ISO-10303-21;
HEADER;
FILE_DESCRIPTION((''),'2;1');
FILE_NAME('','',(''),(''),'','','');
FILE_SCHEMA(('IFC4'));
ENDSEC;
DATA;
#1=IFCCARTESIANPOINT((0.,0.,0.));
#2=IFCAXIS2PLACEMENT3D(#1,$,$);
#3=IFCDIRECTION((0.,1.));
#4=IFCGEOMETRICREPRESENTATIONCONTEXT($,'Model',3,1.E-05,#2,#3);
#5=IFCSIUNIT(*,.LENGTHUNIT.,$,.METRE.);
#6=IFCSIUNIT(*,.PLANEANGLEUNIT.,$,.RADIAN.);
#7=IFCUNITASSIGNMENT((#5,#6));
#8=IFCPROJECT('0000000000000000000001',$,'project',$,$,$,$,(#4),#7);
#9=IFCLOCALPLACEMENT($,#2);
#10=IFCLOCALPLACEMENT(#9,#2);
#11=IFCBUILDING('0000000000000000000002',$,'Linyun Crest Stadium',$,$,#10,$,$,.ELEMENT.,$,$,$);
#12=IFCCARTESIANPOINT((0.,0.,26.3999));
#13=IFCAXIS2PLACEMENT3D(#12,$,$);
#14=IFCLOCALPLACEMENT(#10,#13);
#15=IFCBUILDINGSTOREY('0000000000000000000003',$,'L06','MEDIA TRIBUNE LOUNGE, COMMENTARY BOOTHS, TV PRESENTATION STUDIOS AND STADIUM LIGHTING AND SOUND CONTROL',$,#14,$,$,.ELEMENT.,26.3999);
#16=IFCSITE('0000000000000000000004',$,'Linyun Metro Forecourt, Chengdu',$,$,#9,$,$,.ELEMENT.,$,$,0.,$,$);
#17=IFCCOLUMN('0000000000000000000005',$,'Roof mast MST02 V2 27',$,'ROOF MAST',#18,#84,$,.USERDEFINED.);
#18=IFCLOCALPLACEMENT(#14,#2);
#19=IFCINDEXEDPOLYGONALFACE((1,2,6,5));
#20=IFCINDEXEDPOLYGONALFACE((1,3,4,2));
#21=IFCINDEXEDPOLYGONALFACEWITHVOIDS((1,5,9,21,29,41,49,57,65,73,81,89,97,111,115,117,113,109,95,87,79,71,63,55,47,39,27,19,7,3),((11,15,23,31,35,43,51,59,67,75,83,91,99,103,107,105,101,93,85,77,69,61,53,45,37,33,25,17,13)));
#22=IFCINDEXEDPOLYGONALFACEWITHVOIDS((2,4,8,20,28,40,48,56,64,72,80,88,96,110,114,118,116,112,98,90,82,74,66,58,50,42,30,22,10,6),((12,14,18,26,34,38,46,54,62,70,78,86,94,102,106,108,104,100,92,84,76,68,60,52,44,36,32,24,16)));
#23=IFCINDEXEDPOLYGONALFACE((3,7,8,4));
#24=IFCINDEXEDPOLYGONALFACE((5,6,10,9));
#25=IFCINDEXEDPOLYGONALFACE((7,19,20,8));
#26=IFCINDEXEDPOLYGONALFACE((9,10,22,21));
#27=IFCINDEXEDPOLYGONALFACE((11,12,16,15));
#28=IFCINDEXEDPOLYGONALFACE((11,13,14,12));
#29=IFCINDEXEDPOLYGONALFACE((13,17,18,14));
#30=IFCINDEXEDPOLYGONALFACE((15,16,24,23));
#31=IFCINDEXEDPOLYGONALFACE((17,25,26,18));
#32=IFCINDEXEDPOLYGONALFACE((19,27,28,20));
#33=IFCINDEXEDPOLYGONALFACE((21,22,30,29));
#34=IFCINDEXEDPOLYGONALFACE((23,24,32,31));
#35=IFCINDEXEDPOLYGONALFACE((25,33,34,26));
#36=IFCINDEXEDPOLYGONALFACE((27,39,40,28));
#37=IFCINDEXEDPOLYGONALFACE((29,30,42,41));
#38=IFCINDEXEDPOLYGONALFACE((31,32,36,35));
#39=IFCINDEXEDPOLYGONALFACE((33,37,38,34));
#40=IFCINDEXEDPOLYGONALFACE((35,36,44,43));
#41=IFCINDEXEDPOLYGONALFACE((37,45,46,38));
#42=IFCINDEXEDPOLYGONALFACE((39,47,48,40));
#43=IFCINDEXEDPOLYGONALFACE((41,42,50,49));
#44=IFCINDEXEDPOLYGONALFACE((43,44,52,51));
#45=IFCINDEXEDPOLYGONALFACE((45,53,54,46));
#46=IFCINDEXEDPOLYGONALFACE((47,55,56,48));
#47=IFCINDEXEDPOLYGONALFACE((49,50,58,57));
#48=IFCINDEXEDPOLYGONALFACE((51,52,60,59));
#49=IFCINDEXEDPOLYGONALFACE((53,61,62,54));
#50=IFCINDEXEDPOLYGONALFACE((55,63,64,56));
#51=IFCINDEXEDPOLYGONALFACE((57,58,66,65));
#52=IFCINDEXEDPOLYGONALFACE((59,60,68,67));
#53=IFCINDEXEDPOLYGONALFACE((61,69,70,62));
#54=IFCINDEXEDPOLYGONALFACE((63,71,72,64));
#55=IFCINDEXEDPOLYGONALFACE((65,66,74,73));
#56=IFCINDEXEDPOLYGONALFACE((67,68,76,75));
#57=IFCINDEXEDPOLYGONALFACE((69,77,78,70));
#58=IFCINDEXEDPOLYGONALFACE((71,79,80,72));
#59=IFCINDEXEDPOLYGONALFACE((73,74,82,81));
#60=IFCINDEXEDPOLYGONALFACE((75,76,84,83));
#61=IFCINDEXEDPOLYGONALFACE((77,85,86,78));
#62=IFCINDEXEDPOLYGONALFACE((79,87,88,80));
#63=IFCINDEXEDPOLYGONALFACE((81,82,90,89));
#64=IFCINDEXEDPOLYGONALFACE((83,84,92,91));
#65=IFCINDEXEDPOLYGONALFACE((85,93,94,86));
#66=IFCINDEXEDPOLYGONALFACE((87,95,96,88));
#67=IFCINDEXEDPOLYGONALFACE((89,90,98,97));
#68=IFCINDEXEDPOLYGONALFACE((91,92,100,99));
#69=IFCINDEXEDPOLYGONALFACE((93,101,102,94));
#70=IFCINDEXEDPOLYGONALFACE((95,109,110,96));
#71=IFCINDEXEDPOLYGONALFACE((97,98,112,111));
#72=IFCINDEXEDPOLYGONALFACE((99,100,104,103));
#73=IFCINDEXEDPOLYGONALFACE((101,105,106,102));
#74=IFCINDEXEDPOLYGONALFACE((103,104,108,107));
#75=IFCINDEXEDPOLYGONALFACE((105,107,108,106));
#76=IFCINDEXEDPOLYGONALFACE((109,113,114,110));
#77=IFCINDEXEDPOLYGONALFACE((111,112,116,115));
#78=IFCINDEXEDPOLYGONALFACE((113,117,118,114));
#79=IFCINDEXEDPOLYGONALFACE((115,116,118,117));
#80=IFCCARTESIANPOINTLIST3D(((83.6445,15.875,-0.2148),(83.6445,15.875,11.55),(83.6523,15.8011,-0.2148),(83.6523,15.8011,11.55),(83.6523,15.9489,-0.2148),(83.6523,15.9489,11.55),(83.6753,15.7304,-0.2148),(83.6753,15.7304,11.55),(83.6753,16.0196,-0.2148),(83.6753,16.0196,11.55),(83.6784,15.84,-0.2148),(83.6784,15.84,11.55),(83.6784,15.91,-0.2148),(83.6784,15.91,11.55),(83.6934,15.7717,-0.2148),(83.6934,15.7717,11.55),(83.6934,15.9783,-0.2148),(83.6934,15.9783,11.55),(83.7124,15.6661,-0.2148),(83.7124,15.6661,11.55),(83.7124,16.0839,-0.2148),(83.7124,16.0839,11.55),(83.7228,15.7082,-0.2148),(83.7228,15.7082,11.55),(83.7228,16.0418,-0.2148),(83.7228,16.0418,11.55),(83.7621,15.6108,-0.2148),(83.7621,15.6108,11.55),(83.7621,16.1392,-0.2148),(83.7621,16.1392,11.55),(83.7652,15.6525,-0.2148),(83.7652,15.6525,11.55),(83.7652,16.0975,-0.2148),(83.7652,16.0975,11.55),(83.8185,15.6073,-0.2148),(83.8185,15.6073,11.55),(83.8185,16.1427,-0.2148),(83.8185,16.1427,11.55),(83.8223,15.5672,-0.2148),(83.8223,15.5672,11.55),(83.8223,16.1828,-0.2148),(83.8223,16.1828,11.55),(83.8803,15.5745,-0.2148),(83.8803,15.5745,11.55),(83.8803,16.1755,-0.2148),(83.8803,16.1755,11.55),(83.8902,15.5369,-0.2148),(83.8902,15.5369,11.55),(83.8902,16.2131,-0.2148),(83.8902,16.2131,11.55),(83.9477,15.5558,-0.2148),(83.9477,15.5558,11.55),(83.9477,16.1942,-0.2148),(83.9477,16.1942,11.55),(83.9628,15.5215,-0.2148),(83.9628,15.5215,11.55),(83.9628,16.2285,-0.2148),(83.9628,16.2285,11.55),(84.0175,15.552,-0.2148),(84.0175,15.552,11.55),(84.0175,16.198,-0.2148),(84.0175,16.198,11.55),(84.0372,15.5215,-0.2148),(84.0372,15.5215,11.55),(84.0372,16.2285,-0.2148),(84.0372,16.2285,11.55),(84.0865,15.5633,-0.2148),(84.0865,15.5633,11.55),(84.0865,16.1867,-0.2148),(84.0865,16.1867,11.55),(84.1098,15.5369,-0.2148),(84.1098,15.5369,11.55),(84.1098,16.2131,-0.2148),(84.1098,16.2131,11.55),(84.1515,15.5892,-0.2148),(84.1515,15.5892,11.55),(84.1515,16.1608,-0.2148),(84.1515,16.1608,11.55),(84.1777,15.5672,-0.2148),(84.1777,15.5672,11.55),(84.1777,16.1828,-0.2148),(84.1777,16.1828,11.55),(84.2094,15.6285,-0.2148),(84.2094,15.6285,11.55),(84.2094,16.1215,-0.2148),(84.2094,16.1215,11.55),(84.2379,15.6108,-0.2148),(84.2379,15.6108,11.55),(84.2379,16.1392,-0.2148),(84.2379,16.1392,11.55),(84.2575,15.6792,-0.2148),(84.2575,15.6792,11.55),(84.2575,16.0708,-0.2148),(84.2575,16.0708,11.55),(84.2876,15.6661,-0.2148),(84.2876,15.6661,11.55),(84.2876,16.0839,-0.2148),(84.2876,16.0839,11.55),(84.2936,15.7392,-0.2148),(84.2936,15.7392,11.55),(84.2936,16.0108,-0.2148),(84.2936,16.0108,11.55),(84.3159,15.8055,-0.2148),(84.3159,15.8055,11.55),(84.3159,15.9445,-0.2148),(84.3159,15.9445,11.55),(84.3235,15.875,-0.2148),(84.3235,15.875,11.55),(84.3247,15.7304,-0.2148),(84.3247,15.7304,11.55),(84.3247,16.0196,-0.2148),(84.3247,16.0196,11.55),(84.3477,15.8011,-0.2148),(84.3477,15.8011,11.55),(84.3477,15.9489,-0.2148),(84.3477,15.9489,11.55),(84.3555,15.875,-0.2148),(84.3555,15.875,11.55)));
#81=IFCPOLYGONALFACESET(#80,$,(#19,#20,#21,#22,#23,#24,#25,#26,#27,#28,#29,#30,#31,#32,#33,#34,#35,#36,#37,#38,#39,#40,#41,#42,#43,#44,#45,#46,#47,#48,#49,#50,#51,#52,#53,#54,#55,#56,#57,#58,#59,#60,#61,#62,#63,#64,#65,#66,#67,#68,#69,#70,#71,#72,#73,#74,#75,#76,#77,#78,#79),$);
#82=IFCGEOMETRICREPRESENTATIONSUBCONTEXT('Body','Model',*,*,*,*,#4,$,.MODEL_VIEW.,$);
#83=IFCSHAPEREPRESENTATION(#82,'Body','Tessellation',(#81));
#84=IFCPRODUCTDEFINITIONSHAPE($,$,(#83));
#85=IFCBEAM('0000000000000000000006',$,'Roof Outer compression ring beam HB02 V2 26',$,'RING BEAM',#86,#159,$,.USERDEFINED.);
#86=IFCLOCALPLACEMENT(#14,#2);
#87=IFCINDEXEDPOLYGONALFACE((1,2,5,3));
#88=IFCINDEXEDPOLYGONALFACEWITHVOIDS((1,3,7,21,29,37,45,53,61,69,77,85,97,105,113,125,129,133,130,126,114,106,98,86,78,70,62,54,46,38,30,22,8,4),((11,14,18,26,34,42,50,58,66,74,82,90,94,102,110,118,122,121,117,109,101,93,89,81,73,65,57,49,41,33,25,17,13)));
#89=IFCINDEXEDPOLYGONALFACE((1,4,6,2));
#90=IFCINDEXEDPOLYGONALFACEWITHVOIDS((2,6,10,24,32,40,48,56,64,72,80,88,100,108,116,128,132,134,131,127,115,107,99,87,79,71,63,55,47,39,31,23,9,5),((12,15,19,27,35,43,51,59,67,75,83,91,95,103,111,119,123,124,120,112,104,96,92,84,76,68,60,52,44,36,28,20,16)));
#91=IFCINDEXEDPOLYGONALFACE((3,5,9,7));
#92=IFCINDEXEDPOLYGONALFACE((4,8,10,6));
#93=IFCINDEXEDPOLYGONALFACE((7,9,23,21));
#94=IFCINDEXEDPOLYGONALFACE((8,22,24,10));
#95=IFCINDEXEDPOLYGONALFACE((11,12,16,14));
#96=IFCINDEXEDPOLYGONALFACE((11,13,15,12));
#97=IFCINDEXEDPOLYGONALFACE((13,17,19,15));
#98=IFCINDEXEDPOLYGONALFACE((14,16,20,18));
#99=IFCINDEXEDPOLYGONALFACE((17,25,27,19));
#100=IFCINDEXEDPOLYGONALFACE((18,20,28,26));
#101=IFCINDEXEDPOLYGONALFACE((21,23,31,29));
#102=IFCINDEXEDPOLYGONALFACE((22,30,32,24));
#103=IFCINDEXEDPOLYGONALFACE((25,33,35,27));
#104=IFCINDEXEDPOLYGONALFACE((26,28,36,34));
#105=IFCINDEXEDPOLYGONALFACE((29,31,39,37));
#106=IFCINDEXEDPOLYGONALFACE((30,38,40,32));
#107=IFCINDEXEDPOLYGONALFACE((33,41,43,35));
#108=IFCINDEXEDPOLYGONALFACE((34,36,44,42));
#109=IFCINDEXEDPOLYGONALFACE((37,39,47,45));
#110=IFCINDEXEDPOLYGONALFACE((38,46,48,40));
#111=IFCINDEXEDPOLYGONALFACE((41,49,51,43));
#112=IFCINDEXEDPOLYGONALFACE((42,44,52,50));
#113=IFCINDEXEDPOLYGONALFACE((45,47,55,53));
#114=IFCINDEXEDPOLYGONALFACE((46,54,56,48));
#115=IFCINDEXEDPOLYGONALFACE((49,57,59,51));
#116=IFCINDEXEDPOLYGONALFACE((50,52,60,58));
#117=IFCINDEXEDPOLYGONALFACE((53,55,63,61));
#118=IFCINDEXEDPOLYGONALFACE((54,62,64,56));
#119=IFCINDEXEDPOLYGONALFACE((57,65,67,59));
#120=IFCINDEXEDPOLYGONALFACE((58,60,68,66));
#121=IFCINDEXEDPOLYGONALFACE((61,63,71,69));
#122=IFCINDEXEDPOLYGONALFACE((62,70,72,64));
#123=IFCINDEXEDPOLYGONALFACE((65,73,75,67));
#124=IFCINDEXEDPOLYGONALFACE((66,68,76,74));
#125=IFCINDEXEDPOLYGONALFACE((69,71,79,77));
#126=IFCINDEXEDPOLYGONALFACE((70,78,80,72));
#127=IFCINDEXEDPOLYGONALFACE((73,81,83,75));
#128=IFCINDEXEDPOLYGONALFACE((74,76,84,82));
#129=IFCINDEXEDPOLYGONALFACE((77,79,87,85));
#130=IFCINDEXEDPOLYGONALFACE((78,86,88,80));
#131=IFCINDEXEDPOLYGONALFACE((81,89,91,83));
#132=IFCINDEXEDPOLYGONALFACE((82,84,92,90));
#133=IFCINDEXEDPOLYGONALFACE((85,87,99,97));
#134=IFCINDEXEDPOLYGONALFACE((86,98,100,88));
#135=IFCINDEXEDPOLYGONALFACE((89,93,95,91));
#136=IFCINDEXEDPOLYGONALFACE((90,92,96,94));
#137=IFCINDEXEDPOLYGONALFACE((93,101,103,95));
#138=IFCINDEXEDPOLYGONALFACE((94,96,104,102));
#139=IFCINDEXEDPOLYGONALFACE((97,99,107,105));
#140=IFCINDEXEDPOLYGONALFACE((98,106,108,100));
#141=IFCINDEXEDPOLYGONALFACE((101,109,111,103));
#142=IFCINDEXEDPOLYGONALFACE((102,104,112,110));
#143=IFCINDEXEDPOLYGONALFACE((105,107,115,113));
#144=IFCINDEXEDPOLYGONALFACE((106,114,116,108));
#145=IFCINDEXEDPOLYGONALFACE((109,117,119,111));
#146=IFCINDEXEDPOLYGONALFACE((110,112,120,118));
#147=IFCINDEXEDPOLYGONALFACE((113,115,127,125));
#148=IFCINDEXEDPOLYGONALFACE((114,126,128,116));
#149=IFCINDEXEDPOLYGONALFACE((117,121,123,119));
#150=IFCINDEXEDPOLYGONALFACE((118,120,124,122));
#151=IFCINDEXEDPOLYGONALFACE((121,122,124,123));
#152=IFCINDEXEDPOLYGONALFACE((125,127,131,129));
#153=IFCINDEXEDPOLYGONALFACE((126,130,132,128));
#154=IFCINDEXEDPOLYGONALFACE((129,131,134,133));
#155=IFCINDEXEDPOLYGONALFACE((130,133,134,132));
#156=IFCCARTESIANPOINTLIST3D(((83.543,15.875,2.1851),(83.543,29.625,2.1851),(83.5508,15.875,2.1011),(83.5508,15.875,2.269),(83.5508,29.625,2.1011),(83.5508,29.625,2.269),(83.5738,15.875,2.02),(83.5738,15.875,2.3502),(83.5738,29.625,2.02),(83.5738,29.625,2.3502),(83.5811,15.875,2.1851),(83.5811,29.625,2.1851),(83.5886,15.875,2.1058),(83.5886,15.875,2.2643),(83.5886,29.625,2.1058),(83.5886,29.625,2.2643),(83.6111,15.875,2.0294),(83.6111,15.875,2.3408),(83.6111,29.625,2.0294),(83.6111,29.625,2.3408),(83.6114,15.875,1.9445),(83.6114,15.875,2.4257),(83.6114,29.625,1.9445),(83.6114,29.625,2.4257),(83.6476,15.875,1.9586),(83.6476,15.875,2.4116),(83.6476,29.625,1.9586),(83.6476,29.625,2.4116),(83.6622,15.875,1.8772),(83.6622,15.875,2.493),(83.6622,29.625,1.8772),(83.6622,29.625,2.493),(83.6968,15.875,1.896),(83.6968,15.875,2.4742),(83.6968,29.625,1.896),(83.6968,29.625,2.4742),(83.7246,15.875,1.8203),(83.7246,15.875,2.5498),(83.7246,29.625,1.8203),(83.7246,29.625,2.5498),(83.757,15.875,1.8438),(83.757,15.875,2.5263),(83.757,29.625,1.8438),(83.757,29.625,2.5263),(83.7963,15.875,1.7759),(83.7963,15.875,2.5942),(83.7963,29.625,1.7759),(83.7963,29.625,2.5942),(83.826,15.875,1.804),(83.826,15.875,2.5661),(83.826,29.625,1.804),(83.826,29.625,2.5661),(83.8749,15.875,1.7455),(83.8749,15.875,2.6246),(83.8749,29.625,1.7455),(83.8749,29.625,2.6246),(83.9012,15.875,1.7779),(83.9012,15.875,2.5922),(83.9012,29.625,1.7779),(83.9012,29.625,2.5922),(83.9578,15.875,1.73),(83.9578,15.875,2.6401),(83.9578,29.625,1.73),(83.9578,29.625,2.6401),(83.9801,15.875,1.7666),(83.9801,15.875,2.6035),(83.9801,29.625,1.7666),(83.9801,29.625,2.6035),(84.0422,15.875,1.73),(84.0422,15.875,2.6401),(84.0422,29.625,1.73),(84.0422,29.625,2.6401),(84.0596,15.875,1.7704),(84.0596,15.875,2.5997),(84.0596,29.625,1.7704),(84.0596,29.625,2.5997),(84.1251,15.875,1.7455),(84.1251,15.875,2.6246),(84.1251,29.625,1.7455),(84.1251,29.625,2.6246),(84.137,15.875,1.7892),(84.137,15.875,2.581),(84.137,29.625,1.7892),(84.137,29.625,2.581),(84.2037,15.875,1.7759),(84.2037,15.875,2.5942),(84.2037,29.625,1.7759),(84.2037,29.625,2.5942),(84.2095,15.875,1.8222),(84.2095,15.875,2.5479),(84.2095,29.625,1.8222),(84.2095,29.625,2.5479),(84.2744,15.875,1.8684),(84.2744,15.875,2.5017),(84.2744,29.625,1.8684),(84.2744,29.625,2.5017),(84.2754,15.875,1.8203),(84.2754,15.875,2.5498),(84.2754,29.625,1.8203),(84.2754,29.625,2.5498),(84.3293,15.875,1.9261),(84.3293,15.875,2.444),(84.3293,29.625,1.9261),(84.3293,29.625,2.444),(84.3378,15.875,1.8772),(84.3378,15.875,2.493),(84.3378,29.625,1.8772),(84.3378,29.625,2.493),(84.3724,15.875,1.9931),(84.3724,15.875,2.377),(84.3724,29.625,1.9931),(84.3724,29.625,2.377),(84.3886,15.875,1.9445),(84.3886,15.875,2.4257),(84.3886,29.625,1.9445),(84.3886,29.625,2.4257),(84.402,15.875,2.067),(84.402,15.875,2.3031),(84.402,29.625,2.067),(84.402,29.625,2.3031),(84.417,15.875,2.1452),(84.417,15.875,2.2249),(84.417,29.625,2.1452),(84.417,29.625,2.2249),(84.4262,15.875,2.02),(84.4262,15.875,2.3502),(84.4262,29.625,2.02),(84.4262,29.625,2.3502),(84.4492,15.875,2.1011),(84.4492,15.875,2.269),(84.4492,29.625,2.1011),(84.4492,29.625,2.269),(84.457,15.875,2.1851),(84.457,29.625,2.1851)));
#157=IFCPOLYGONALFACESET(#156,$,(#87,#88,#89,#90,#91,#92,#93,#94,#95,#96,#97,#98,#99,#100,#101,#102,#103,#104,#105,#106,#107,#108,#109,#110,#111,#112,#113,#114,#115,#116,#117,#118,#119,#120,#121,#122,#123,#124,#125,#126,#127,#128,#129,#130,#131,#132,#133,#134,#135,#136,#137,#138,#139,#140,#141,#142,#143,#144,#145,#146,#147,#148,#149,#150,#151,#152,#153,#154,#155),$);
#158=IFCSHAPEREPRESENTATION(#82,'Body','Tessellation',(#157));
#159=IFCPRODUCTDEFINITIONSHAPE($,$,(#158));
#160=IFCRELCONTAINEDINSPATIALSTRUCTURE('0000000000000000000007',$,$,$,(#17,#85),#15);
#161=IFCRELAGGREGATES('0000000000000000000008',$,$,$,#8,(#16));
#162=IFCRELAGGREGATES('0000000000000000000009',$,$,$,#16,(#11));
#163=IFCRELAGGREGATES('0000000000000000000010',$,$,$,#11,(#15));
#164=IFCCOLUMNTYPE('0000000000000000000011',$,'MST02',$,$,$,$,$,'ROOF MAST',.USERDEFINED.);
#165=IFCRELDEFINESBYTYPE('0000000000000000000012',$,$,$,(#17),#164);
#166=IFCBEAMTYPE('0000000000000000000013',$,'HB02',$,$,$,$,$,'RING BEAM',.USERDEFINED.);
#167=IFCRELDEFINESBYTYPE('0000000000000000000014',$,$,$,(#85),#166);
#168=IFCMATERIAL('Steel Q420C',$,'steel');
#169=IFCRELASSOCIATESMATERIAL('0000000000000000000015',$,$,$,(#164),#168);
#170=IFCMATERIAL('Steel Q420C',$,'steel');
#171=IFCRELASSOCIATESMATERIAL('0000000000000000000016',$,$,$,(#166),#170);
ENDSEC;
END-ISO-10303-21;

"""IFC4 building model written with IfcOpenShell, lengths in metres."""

from ifc_helpers import new_model, si_unit, direction, frame, origin, origin_2d, place, context, subcontext, project, spatial, hollow_circle, extrude, material, material_profile, profile_set, type_object, element, save


model = new_model("IFC4")

# Units and contexts
model_context = context("Model", 3, precision=1e-05, world=origin(), true_north=direction((0.0, 1.0)))
body_context = subcontext(model_context, "Body", "Model", "MODEL_VIEW")
ifc_project = project(units=[si_unit("LENGTHUNIT", "METRE"), si_unit("PLANEANGLEUNIT", "RADIAN")], contexts=[model_context])

# Site, building, storey
site_placement = place(None, origin())
site = spatial("IfcSite", under=ifc_project, at=site_placement, Name="Linyun Metro Forecourt, Chengdu", CompositionType="ELEMENT", RefElevation=0.0)
building_placement = place(site_placement, origin())
building = spatial("IfcBuilding", under=site, at=building_placement, Name="Linyun Crest Stadium", CompositionType="ELEMENT")
storey_placement = place(building_placement, frame((0.0, 0.0, 26.3999)))
storey = spatial("IfcBuildingStorey", under=building, at=storey_placement, Name="L06", Description="MEDIA TRIBUNE LOUNGE, COMMENTARY BOOTHS, TV PRESENTATION STUDIOS AND STADIUM LIGHTING AND SOUND CONTROL", CompositionType="ELEMENT", Elevation=26.3999)

# Column
ifc_material_1 = material(Name="Steel Q420C", Category="steel")
ifc_material_profile_1 = material_profile(ifc_material_1, hollow_circle(Radius=0.3555, WallThickness=0.032, at=origin_2d()), Name="CHS 711x32")
ifc_profile_set_1 = profile_set([ifc_material_profile_1], Name="Steel Q420C")
column_type = type_object("IfcColumnType", Name="MST02", ElementType="ROOF MAST", PredefinedType="USERDEFINED", material=ifc_profile_set_1)
column_placement = place(storey_placement, frame((84.0, 15.875, -0.2148), z_axis=(0.0, 0.0, 1.0), x_axis=(1.0, 0.0, 0.0)))
element("IfcColumn", 1, at=column_placement, inside=storey, type_object=column_type, Name="Roof mast MST02 V2 27", ObjectType="ROOF MAST", PredefinedType="USERDEFINED", context=body_context, shape_type="SweptSolid", body=[
    extrude(hollow_circle(Radius=0.3555, WallThickness=0.032, at=origin_2d()), origin(), (0.0, 0.0, 1.0), 11.7649),
])

# Beam
ifc_material_2 = material(Name="Steel Q420C", Category="steel")
ifc_material_profile_2 = material_profile(ifc_material_2, hollow_circle(Radius=0.457, WallThickness=0.0381, at=origin_2d()), Name="CHS 914x38")
ifc_profile_set_2 = profile_set([ifc_material_profile_2], Name="Steel Q420C")
beam_type = type_object("IfcBeamType", Name="HB02", ElementType="RING BEAM", PredefinedType="USERDEFINED", material=ifc_profile_set_2)
beam_placement = place(storey_placement, frame((84.0, 15.875, 2.1851), z_axis=(0.0, 1.0, 0.0), x_axis=(-1.0, 0.0, 0.0)))
element("IfcBeam", 2, at=beam_placement, inside=storey, type_object=beam_type, Name="Roof Outer compression ring beam HB02 V2 26", ObjectType="RING BEAM", PredefinedType="USERDEFINED", context=body_context, shape_type="SweptSolid", body=[
    extrude(hollow_circle(Radius=0.457, WallThickness=0.0381, at=origin_2d()), origin(), (0.0, 0.0, 1.0), 13.75),
])

save(model, "model.ifc")
